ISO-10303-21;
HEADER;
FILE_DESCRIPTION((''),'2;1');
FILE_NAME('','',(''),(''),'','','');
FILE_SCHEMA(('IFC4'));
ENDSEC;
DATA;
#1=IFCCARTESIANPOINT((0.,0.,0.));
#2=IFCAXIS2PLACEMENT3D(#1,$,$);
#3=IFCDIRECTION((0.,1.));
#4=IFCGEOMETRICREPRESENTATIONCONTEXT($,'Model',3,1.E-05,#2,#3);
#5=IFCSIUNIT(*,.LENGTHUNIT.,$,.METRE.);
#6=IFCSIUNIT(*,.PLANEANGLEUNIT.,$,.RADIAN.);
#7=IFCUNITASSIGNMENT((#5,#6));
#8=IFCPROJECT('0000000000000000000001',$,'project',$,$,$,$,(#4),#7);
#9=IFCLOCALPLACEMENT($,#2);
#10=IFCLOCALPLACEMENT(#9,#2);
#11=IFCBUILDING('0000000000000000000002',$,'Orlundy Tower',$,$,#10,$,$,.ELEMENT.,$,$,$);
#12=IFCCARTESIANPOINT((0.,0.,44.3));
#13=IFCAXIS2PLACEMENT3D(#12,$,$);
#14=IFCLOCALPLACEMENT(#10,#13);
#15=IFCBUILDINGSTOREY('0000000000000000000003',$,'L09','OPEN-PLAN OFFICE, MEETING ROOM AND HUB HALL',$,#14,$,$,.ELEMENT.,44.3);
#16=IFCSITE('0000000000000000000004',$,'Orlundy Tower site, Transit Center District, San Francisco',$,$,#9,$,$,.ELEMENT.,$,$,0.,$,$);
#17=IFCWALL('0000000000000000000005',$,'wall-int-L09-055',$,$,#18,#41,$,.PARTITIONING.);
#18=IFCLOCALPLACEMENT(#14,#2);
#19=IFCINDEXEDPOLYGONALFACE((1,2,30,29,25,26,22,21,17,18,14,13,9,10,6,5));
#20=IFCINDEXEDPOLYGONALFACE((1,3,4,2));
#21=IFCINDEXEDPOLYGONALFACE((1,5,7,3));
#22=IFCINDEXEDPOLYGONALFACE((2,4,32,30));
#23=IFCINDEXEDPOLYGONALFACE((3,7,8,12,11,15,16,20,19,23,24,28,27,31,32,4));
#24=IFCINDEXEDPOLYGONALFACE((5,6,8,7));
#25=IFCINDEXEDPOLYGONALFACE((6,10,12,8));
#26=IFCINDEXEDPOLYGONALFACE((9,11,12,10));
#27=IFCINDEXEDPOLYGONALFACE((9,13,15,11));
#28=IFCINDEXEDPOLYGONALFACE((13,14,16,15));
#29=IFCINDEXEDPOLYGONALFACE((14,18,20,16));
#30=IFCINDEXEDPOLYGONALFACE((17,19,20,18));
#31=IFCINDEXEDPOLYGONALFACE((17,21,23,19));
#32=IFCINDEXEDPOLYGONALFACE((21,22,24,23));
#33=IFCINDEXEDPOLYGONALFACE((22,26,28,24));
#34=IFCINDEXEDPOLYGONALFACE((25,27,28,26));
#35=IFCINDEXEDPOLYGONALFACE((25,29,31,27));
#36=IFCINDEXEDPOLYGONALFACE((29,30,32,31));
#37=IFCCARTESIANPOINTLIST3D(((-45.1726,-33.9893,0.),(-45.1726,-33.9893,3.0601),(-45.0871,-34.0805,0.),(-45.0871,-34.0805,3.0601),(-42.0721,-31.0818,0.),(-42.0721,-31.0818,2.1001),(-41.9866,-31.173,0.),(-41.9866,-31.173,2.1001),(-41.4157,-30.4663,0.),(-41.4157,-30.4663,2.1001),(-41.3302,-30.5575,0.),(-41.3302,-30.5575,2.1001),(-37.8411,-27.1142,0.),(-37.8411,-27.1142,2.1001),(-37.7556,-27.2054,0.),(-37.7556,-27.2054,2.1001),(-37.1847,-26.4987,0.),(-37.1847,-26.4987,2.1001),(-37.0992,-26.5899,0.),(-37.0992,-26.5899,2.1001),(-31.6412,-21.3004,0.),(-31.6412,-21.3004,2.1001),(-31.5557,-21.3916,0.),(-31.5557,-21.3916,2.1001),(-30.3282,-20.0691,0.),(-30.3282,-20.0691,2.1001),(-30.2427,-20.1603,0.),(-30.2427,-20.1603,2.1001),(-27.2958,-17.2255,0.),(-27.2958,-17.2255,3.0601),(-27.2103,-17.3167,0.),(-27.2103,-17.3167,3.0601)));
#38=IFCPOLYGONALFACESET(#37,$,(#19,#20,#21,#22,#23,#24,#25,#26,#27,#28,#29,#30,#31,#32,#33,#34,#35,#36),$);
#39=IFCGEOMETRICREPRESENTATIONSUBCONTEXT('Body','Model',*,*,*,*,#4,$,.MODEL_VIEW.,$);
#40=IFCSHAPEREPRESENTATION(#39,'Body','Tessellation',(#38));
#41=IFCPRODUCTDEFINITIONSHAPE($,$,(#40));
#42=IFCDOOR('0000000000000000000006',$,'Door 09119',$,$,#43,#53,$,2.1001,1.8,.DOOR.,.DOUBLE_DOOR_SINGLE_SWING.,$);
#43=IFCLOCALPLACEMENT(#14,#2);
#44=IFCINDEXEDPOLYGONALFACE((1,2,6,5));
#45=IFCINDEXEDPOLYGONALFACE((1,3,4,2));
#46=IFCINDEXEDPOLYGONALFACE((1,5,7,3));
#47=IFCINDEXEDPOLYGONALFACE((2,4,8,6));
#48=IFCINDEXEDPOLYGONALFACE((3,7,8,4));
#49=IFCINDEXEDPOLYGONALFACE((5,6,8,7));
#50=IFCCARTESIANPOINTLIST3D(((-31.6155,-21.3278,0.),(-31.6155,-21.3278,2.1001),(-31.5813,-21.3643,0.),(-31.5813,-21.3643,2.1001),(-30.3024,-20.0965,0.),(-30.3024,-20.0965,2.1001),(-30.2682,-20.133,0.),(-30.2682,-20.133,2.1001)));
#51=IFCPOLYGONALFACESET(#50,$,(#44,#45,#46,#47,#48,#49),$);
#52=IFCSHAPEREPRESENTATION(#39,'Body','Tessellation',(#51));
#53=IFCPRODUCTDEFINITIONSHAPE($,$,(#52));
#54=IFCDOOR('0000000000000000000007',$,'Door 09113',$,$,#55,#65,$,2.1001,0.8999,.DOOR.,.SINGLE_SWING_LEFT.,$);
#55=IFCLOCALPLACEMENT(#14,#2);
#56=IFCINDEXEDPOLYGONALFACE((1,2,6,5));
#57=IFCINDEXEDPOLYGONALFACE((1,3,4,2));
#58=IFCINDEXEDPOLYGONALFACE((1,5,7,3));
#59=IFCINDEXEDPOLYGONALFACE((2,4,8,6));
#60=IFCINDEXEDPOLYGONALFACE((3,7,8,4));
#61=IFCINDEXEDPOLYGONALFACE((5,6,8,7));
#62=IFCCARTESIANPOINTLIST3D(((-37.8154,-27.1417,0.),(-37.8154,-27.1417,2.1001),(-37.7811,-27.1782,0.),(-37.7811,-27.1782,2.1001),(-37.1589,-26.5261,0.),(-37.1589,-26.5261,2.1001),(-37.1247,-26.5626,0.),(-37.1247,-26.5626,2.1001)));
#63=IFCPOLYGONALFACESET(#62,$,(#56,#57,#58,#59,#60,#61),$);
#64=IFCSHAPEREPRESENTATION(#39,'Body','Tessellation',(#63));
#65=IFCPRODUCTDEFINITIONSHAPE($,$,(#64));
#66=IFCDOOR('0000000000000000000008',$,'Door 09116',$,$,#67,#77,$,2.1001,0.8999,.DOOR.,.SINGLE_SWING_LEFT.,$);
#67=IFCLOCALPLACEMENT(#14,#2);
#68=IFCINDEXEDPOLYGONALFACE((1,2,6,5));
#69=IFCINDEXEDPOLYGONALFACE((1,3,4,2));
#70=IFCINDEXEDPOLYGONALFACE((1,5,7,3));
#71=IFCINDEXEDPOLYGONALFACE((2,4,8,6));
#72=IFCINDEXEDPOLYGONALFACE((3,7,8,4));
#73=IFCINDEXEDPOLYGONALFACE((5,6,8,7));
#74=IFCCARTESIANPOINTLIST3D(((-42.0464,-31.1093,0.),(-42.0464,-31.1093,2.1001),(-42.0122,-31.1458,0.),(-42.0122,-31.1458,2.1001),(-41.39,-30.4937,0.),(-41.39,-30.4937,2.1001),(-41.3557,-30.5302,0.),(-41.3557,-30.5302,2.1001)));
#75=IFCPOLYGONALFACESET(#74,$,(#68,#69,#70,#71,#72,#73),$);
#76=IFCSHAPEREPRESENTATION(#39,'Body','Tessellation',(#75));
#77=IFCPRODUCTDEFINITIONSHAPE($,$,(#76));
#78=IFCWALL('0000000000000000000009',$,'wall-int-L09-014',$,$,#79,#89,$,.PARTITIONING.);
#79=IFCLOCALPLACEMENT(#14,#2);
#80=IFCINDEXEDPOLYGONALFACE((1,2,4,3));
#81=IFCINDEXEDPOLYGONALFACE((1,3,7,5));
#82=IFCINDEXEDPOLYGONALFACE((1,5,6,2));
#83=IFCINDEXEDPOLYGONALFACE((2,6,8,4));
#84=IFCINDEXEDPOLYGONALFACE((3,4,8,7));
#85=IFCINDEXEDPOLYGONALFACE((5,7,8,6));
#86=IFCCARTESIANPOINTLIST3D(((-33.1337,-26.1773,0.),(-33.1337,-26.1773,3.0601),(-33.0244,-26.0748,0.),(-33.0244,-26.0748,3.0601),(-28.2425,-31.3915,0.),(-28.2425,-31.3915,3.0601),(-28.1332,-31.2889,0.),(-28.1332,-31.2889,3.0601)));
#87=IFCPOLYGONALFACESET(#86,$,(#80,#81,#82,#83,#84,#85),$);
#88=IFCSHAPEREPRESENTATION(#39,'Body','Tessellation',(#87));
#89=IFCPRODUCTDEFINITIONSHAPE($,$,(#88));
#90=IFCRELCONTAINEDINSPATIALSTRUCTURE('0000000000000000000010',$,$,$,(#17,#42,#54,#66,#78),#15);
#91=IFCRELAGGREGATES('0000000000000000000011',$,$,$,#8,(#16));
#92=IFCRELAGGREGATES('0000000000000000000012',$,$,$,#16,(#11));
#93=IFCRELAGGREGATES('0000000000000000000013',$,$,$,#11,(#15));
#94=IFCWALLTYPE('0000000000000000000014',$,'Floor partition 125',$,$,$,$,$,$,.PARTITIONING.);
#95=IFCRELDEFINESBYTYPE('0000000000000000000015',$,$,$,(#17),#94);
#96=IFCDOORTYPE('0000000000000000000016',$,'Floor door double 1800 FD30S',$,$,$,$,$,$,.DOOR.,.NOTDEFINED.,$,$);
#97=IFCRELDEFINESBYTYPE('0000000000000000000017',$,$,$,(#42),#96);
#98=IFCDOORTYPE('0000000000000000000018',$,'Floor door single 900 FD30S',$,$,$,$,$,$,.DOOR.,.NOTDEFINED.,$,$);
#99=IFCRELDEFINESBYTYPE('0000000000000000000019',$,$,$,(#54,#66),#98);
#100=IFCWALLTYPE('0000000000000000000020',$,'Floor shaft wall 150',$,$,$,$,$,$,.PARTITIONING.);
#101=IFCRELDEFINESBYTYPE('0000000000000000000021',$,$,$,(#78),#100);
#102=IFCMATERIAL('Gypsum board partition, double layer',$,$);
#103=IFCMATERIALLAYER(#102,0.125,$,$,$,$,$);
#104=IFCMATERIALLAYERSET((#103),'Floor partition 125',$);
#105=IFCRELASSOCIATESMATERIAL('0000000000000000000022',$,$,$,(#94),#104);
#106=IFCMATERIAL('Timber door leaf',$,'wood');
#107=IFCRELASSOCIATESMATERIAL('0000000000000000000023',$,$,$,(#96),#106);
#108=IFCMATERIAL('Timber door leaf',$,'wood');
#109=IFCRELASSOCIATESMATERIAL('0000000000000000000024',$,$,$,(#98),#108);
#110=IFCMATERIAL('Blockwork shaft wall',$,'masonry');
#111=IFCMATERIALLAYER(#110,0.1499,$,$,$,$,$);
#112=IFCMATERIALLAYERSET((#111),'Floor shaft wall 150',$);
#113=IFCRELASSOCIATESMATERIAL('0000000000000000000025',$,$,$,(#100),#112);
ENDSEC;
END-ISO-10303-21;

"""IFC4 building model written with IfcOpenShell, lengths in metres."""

from ifc_helpers import new_model, si_unit, direction, frame, frame_2d, origin, place, context, subcontext, project, spatial, rectangle, extrude, material, layer, layer_set, type_object, element, fill, save


model = new_model("IFC4")

# Units and contexts
model_context = context("Model", 3, precision=1e-05, world=origin(), true_north=direction((0.0, 1.0)))
body_context = subcontext(model_context, "Body", "Model", "MODEL_VIEW")
ifc_project = project(units=[si_unit("LENGTHUNIT", "METRE"), si_unit("PLANEANGLEUNIT", "RADIAN")], contexts=[model_context])

# Site, building, storey
site_placement = place(None, origin())
site = spatial("IfcSite", under=ifc_project, at=site_placement, Name="Orlundy Tower site, Transit Center District, San Francisco", CompositionType="ELEMENT", RefElevation=0.0)
building_placement = place(site_placement, origin())
building = spatial("IfcBuilding", under=site, at=building_placement, Name="Orlundy Tower", CompositionType="ELEMENT")
storey_placement = place(building_placement, frame((0.0, 0.0, 44.3)))
storey = spatial("IfcBuildingStorey", under=building, at=storey_placement, Name="L09", Description="OPEN-PLAN OFFICE, MEETING ROOM AND HUB HALL", CompositionType="ELEMENT", Elevation=44.3)

# Wall, openings, doors
ifc_material_1 = material(Name="Gypsum board partition, double layer")
ifc_layer_1 = layer(ifc_material_1, 0.125)
ifc_layer_set_1 = layer_set([ifc_layer_1], Name="Floor partition 125")
wall_type_1 = type_object("IfcWallType", Name="Floor partition 125", PredefinedType="PARTITIONING", material=ifc_layer_set_1)
wall_1_placement = place(storey_placement, frame((-45.1299, -34.0349, 0.0), z_axis=(0.0, 0.0, 1.0), x_axis=(0.72945, 0.684034, 0.0)))
wall_1 = element("IfcWall", 1, at=wall_1_placement, inside=storey, type_object=wall_type_1, Name="wall-int-L09-055", PredefinedType="PARTITIONING", context=body_context, shape_type="SweptSolid", body=[
    extrude(rectangle(XDim=24.5073, YDim=0.125, at=frame_2d((12.2537, 0.0))), origin(), (0.0, 0.0, 1.0), 3.0601),
])
opening_1_placement = place(wall_1_placement, frame((10.0508, 0.0, 0.0)))
opening_1 = element("IfcOpeningElement", 2, at=opening_1_placement, cuts=wall_1, PredefinedType="OPENING", context=body_context, shape_type="SweptSolid", body=[
    extrude(rectangle(XDim=0.8999, YDim=2.1001, at=frame_2d((0.45, 1.05))), frame((0.0, 0.0725, 0.0), z_axis=(0.0, -1.0, 0.0), x_axis=(1.0, 0.0, 0.0)), (0.0, 0.0, 1.0), 0.145),
])
opening_2_placement = place(wall_1_placement, frame((4.2505, 0.0, 0.0)))
opening_2 = element("IfcOpeningElement", 3, at=opening_2_placement, cuts=wall_1, PredefinedType="OPENING", context=body_context, shape_type="SweptSolid", body=[
    extrude(rectangle(XDim=0.8999, YDim=2.1001, at=frame_2d((0.45, 1.05))), frame((0.0, 0.0725, 0.0), z_axis=(0.0, -1.0, 0.0), x_axis=(1.0, 0.0, 0.0)), (0.0, 0.0, 1.0), 0.145),
])
opening_3_placement = place(wall_1_placement, frame((18.5503, 0.0, 0.0)))
opening_3 = element("IfcOpeningElement", 4, at=opening_3_placement, cuts=wall_1, PredefinedType="OPENING", context=body_context, shape_type="SweptSolid", body=[
    extrude(rectangle(XDim=1.8, YDim=2.1001, at=frame_2d((0.8999, 1.05))), frame((0.0, 0.0725, 0.0), z_axis=(0.0, -1.0, 0.0), x_axis=(1.0, 0.0, 0.0)), (0.0, 0.0, 1.0), 0.145),
])
ifc_material_2 = material(Name="Timber door leaf", Category="wood")
door_type_1 = type_object("IfcDoorType", Name="Floor door double 1800 FD30S", OperationType="NOTDEFINED", PredefinedType="DOOR", material=ifc_material_2)
door_1_placement = place(opening_3_placement, origin())
door_1 = element("IfcDoor", 5, at=door_1_placement, inside=storey, type_object=door_type_1, Name="Door 09119", OperationType="DOUBLE_DOOR_SINGLE_SWING", OverallHeight=2.1001, OverallWidth=1.8, PredefinedType="DOOR", context=body_context, shape_type="SweptSolid", body=[
    extrude(rectangle(XDim=1.8, YDim=2.1001, at=frame_2d((0.8999, 1.05))), frame((0.0, 0.0249, 0.0), z_axis=(0.0, -1.0, 0.0), x_axis=(1.0, 0.0, 0.0)), (0.0, 0.0, 1.0), 0.05),
])
fill(opening_3, door_1)
ifc_material_3 = material(Name="Timber door leaf", Category="wood")
door_type_2 = type_object("IfcDoorType", Name="Floor door single 900 FD30S", OperationType="NOTDEFINED", PredefinedType="DOOR", material=ifc_material_3)
door_2_placement = place(opening_1_placement, origin())
door_2 = element("IfcDoor", 6, at=door_2_placement, inside=storey, type_object=door_type_2, Name="Door 09113", OperationType="SINGLE_SWING_LEFT", OverallHeight=2.1001, OverallWidth=0.8999, PredefinedType="DOOR", context=body_context, shape_type="SweptSolid", body=[
    extrude(rectangle(XDim=0.8999, YDim=2.1001, at=frame_2d((0.45, 1.05))), frame((0.0, 0.0249, 0.0), z_axis=(0.0, -1.0, 0.0), x_axis=(1.0, 0.0, 0.0)), (0.0, 0.0, 1.0), 0.05),
])
fill(opening_1, door_2)
door_3_placement = place(opening_2_placement, origin())
door_3 = element("IfcDoor", 7, at=door_3_placement, inside=storey, type_object=door_type_2, Name="Door 09116", OperationType="SINGLE_SWING_LEFT", OverallHeight=2.1001, OverallWidth=0.8999, PredefinedType="DOOR", context=body_context, shape_type="SweptSolid", body=[
    extrude(rectangle(XDim=0.8999, YDim=2.1001, at=frame_2d((0.45, 1.05))), frame((0.0, 0.0249, 0.0), z_axis=(0.0, -1.0, 0.0), x_axis=(1.0, 0.0, 0.0)), (0.0, 0.0, 1.0), 0.05),
])
fill(opening_2, door_3)

# Wall
ifc_material_4 = material(Name="Blockwork shaft wall", Category="masonry")
ifc_layer_2 = layer(ifc_material_4, 0.1499)
ifc_layer_set_2 = layer_set([ifc_layer_2], Name="Floor shaft wall 150")
wall_type_2 = type_object("IfcWallType", Name="Floor shaft wall 150", PredefinedType="PARTITIONING", material=ifc_layer_set_2)
wall_2_placement = place(storey_placement, frame((-33.0791, -26.126, 0.0), z_axis=(0.0, 0.0, 1.0), x_axis=(0.684156, -0.729336, 0.0)))
element("IfcWall", 8, at=wall_2_placement, inside=storey, type_object=wall_type_2, Name="wall-int-L09-014", PredefinedType="PARTITIONING", context=body_context, shape_type="SweptSolid", body=[
    extrude(rectangle(XDim=7.1492, YDim=0.1499, at=frame_2d((3.5747, 0.0))), origin(), (0.0, 0.0, 1.0), 3.0601),
])

save(model, "model.ifc")
